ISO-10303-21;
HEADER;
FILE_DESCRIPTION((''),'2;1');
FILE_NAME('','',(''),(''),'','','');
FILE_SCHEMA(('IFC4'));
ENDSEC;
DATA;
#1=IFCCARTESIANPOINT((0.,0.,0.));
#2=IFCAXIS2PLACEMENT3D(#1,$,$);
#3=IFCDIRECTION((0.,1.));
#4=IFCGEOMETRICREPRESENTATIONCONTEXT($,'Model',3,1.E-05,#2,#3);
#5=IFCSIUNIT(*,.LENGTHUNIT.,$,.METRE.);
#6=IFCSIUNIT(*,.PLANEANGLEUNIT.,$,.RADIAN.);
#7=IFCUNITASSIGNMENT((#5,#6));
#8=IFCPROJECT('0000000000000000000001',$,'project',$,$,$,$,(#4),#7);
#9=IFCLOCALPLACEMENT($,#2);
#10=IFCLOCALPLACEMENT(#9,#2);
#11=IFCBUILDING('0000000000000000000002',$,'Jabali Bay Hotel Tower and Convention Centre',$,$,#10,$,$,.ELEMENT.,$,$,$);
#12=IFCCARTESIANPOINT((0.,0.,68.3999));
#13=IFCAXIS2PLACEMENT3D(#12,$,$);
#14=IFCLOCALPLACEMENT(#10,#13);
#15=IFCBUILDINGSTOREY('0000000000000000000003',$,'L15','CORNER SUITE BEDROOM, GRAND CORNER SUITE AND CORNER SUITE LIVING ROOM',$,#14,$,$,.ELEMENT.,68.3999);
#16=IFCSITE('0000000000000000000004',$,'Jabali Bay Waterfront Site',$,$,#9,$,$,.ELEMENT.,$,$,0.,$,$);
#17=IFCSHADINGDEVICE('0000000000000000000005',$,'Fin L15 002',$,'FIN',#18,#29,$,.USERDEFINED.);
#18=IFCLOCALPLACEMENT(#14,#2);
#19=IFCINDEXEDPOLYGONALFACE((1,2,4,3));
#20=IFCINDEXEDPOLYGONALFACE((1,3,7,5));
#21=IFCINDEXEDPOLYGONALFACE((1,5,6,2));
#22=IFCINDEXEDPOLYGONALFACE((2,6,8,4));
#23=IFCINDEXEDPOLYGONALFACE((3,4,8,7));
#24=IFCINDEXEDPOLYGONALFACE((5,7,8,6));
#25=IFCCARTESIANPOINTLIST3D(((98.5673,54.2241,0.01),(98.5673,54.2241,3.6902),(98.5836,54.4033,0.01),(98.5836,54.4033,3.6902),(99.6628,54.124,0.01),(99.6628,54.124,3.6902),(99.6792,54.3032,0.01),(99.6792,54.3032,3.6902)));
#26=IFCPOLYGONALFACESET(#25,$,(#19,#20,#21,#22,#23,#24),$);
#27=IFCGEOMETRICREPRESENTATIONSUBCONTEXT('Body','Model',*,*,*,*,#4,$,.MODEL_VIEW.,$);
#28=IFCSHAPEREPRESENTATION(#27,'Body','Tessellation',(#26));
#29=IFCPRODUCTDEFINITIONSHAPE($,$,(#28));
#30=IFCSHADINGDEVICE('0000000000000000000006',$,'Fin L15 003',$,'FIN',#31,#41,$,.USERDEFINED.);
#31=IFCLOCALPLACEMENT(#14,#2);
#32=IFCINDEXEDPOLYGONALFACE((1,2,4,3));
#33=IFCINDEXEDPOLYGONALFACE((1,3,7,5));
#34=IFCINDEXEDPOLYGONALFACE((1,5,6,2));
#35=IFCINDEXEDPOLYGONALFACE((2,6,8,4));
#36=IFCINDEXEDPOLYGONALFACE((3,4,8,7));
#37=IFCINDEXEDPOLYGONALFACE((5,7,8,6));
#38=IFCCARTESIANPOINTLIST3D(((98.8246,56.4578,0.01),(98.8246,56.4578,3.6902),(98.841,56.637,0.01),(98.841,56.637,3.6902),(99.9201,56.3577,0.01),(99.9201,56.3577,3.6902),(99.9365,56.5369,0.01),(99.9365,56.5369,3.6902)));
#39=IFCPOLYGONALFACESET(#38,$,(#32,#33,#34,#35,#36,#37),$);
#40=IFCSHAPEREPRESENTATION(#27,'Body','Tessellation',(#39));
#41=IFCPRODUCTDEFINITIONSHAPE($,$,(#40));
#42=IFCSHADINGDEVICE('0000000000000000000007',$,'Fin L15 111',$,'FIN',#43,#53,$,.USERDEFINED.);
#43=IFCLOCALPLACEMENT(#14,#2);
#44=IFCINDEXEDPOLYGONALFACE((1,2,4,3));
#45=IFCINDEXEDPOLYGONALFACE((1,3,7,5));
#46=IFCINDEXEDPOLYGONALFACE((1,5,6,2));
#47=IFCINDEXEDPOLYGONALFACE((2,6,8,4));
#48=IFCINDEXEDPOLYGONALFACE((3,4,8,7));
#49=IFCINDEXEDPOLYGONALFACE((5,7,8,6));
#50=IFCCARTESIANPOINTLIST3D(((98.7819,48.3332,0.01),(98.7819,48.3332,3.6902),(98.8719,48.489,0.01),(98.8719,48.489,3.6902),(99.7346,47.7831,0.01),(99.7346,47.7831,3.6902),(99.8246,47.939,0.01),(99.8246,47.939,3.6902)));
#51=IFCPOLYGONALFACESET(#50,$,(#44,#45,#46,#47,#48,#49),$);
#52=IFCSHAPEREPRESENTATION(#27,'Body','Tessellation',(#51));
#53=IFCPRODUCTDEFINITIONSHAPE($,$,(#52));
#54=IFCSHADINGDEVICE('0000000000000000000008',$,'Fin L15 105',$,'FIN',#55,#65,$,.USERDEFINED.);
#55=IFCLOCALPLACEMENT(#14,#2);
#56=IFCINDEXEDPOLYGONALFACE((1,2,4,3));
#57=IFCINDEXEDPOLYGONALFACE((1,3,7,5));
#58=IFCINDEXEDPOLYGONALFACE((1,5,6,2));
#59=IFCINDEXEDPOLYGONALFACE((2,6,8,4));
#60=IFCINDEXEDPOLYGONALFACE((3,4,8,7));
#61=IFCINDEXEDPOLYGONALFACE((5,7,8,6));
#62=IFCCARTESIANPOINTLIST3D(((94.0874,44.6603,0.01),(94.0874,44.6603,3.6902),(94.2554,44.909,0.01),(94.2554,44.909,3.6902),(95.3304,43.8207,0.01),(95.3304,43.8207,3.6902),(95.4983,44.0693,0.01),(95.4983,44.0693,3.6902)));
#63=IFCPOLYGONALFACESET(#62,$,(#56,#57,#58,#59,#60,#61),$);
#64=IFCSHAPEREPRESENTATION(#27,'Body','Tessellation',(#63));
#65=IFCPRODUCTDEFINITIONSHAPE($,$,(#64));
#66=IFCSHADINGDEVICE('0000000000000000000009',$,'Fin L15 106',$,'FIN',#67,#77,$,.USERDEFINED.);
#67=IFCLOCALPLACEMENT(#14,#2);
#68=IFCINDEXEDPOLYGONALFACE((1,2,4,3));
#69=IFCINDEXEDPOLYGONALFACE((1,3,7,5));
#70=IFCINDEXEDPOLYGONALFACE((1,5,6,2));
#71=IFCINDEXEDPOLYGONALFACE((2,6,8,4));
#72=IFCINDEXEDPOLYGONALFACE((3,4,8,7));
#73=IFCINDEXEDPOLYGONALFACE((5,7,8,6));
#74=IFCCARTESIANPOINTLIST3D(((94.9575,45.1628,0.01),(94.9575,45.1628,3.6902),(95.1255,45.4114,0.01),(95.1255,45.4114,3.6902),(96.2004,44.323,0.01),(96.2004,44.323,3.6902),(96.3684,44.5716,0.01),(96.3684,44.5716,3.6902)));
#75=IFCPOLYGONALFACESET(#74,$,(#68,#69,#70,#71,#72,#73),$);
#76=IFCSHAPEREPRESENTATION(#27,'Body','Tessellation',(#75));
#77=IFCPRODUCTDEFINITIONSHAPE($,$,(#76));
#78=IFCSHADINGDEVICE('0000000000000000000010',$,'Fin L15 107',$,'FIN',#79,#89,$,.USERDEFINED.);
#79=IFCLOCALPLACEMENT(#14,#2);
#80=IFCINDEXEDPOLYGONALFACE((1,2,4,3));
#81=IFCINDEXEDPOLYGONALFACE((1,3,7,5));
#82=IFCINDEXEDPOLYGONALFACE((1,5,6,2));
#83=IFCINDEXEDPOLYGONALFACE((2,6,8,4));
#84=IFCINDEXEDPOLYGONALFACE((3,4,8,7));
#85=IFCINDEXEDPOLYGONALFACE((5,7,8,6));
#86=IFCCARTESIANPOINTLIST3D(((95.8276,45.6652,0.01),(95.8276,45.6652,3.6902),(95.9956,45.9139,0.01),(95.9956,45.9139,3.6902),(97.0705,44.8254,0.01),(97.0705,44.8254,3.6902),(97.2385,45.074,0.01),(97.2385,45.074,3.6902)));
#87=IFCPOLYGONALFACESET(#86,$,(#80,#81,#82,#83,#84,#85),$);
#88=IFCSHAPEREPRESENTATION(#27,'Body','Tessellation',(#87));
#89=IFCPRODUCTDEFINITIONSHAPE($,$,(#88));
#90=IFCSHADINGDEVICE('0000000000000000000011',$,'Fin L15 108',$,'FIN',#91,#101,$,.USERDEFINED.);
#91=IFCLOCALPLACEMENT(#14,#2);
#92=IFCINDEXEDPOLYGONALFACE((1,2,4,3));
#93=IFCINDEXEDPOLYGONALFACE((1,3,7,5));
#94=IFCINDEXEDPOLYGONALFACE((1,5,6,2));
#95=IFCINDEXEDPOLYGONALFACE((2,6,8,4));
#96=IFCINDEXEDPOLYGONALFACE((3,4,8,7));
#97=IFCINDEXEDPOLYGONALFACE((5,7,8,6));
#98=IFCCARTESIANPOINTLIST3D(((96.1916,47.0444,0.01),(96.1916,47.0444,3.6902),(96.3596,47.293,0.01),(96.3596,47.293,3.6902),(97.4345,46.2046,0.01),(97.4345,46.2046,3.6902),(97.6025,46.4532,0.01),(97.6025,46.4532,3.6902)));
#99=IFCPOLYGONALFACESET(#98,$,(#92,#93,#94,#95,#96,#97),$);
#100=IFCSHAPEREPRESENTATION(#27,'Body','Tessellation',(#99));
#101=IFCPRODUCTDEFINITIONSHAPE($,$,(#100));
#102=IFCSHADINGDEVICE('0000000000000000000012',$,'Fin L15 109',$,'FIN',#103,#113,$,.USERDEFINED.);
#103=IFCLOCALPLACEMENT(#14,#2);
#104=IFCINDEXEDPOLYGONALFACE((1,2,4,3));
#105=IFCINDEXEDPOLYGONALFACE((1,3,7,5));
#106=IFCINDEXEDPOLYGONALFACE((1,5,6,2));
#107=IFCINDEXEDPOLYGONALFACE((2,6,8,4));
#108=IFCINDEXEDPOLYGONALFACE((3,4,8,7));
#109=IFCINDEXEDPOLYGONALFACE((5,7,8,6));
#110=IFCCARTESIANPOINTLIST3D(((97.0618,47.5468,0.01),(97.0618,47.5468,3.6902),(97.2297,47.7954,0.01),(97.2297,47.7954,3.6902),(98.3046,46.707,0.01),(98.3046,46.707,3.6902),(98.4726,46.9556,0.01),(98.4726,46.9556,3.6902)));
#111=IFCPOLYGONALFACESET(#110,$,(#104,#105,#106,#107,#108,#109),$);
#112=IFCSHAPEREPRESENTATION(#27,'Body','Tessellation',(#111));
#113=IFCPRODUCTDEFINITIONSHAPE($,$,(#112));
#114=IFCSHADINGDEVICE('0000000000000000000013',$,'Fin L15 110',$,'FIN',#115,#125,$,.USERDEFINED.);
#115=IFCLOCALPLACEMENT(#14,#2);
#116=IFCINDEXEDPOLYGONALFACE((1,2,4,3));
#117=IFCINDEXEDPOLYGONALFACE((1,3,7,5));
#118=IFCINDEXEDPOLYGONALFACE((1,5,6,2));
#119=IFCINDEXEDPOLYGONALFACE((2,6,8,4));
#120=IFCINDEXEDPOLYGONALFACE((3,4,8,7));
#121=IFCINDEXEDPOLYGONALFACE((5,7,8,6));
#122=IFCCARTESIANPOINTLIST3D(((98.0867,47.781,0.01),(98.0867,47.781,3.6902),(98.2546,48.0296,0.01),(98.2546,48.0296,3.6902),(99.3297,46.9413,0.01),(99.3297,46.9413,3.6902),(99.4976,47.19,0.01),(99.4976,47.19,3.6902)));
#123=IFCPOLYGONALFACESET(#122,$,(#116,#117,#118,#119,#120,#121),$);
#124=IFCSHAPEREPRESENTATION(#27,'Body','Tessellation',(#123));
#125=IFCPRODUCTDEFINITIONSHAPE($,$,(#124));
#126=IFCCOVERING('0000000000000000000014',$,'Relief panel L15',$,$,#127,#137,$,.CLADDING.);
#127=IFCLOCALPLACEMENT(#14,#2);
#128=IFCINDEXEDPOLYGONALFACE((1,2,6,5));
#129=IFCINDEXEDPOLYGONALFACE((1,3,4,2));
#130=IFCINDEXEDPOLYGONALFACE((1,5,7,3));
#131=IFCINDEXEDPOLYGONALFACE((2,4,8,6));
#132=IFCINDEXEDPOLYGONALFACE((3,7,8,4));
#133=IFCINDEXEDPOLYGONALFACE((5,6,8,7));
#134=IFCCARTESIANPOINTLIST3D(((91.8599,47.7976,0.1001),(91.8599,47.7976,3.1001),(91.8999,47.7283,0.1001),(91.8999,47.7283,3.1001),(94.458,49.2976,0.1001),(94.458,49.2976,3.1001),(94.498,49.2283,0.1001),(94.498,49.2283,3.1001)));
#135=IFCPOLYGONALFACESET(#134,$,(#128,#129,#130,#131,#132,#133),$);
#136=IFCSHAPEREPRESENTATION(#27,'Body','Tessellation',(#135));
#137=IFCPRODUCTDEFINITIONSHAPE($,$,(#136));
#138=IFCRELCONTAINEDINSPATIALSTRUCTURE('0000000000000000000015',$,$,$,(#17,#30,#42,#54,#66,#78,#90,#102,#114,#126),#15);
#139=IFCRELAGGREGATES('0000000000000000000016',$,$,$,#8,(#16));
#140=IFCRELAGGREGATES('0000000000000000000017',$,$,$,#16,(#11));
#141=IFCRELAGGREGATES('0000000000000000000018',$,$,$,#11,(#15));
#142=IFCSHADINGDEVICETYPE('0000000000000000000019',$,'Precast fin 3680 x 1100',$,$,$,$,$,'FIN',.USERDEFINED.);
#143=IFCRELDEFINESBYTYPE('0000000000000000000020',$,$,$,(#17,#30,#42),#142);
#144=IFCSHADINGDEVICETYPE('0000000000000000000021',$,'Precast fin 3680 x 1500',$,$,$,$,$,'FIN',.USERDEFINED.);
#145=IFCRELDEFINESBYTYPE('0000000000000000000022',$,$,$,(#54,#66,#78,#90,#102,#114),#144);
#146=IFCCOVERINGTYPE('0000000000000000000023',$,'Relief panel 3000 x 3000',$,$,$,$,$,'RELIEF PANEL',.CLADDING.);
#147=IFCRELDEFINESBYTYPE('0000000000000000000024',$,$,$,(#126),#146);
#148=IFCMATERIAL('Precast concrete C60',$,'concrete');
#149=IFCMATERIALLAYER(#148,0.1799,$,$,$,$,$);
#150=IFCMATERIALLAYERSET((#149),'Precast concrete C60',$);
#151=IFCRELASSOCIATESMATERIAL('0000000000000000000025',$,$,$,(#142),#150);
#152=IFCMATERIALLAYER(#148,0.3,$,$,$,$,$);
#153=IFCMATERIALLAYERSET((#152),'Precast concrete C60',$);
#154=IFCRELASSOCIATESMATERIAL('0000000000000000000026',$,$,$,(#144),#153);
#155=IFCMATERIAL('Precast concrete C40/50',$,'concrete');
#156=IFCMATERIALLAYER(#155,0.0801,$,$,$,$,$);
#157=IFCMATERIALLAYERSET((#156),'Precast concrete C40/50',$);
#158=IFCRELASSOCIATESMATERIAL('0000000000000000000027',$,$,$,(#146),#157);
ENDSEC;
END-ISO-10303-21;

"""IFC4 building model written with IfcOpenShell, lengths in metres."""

from ifc_helpers import new_model, si_unit, direction, frame, frame_2d, origin, origin_2d, place, context, subcontext, project, spatial, rectangle, extrude, material, layer, layer_set, type_object, element, save


model = new_model("IFC4")

# Units and contexts
model_context = context("Model", 3, precision=1e-05, world=origin(), true_north=direction((0.0, 1.0)))
body_context = subcontext(model_context, "Body", "Model", "MODEL_VIEW")
ifc_project = project(units=[si_unit("LENGTHUNIT", "METRE"), si_unit("PLANEANGLEUNIT", "RADIAN")], contexts=[model_context])

# Site, building, storey
site_placement = place(None, origin())
site = spatial("IfcSite", under=ifc_project, at=site_placement, Name="Jabali Bay Waterfront Site", CompositionType="ELEMENT", RefElevation=0.0)
building_placement = place(site_placement, origin())
building = spatial("IfcBuilding", under=site, at=building_placement, Name="Jabali Bay Hotel Tower and Convention Centre", CompositionType="ELEMENT")
storey_placement = place(building_placement, frame((0.0, 0.0, 68.3999)))
storey = spatial("IfcBuildingStorey", under=building, at=storey_placement, Name="L15", Description="CORNER SUITE BEDROOM, GRAND CORNER SUITE AND CORNER SUITE LIVING ROOM", CompositionType="ELEMENT", Elevation=68.3999)

# Shading devices
ifc_material_1 = material(Name="Precast concrete C60", Category="concrete")
ifc_layer_1 = layer(ifc_material_1, 0.1799)
ifc_layer_set_1 = layer_set([ifc_layer_1], Name="Precast concrete C60")
shading_device_type_1 = type_object("IfcShadingDeviceType", Name="Precast fin 3680 x 1100", ElementType="FIN", PredefinedType="USERDEFINED", material=ifc_layer_set_1)
for number, where, z_axis, x_axis, name in (
    (1, (98.5754, 54.3137, 0.01), (0.0, 0.0, 1.0), (0.995851, -0.090996, 0.0), "Fin L15 002"),
    (2, (98.8328, 56.5474, 0.01), (0.0, 0.0, 1.0), (0.995851, -0.090996, 0.0), "Fin L15 003"),
    (3, (98.8269, 48.4111, 0.01), (0.0, 0.0, 1.0), (0.866008, -0.50003, 0.0), "Fin L15 111"),
):
    element("IfcShadingDevice", number, at=place(storey_placement, frame(where, z_axis=z_axis, x_axis=x_axis)), inside=storey, type_object=shading_device_type_1, Name=name, ObjectType="FIN", PredefinedType="USERDEFINED", context=body_context, shape_type="SweptSolid", body=[
        extrude(rectangle(XDim=1.1001, YDim=0.1799, at=frame_2d((0.55, 0.0))), origin(), (0.0, 0.0, 1.0), 3.6802),
    ])
ifc_layer_2 = layer(ifc_material_1, 0.3)
ifc_layer_set_2 = layer_set([ifc_layer_2], Name="Precast concrete C60")
shading_device_type_2 = type_object("IfcShadingDeviceType", Name="Precast fin 3680 x 1500", ElementType="FIN", PredefinedType="USERDEFINED", material=ifc_layer_set_2)
for number, where, z_axis, x_axis, name in (
    (4, (94.1714, 44.7847, 0.01), (0.0, 0.0, 1.0), (0.828654, -0.559761, 0.0), "Fin L15 105"),
    (5, (95.0415, 45.2871, 0.01), (0.0, 0.0, 1.0), (0.828579, -0.559873, 0.0), "Fin L15 106"),
    (6, (95.9116, 45.7896, 0.01), (0.0, 0.0, 1.0), (0.828579, -0.559873, 0.0), "Fin L15 107"),
    (7, (96.2756, 47.1687, 0.01), (0.0, 0.0, 1.0), (0.828579, -0.559873, 0.0), "Fin L15 108"),
    (8, (97.1458, 47.6711, 0.01), (0.0, 0.0, 1.0), (0.828579, -0.559873, 0.0), "Fin L15 109"),
    (9, (98.1707, 47.9053, 0.01), (0.0, 0.0, 1.0), (0.828654, -0.559761, 0.0), "Fin L15 110"),
):
    element("IfcShadingDevice", number, at=place(storey_placement, frame(where, z_axis=z_axis, x_axis=x_axis)), inside=storey, type_object=shading_device_type_2, Name=name, ObjectType="FIN", PredefinedType="USERDEFINED", context=body_context, shape_type="SweptSolid", body=[
        extrude(rectangle(XDim=1.5, YDim=0.3, at=frame_2d((0.75, 0.0))), origin(), (0.0, 0.0, 1.0), 3.6802),
    ])

# Covering
ifc_material_2 = material(Name="Precast concrete C40/50", Category="concrete")
ifc_layer_3 = layer(ifc_material_2, 0.0801)
ifc_layer_set_3 = layer_set([ifc_layer_3], Name="Precast concrete C40/50")
covering_type = type_object("IfcCoveringType", Name="Relief panel 3000 x 3000", ElementType="RELIEF PANEL", PredefinedType="CLADDING", material=ifc_layer_set_3)
covering_placement = place(storey_placement, frame((93.179, 48.5129, 0.1001), z_axis=(0.0, 0.0, 1.0), x_axis=(-0.866025, -0.5, 0.0)))
element("IfcCovering", 10, at=covering_placement, inside=storey, type_object=covering_type, Name="Relief panel L15", PredefinedType="CLADDING", context=body_context, shape_type="SweptSolid", body=[
    extrude(rectangle(XDim=3.0, YDim=0.0801, at=origin_2d()), origin(), (0.0, 0.0, 1.0), 3.0),
])

save(model, "model.ifc")
